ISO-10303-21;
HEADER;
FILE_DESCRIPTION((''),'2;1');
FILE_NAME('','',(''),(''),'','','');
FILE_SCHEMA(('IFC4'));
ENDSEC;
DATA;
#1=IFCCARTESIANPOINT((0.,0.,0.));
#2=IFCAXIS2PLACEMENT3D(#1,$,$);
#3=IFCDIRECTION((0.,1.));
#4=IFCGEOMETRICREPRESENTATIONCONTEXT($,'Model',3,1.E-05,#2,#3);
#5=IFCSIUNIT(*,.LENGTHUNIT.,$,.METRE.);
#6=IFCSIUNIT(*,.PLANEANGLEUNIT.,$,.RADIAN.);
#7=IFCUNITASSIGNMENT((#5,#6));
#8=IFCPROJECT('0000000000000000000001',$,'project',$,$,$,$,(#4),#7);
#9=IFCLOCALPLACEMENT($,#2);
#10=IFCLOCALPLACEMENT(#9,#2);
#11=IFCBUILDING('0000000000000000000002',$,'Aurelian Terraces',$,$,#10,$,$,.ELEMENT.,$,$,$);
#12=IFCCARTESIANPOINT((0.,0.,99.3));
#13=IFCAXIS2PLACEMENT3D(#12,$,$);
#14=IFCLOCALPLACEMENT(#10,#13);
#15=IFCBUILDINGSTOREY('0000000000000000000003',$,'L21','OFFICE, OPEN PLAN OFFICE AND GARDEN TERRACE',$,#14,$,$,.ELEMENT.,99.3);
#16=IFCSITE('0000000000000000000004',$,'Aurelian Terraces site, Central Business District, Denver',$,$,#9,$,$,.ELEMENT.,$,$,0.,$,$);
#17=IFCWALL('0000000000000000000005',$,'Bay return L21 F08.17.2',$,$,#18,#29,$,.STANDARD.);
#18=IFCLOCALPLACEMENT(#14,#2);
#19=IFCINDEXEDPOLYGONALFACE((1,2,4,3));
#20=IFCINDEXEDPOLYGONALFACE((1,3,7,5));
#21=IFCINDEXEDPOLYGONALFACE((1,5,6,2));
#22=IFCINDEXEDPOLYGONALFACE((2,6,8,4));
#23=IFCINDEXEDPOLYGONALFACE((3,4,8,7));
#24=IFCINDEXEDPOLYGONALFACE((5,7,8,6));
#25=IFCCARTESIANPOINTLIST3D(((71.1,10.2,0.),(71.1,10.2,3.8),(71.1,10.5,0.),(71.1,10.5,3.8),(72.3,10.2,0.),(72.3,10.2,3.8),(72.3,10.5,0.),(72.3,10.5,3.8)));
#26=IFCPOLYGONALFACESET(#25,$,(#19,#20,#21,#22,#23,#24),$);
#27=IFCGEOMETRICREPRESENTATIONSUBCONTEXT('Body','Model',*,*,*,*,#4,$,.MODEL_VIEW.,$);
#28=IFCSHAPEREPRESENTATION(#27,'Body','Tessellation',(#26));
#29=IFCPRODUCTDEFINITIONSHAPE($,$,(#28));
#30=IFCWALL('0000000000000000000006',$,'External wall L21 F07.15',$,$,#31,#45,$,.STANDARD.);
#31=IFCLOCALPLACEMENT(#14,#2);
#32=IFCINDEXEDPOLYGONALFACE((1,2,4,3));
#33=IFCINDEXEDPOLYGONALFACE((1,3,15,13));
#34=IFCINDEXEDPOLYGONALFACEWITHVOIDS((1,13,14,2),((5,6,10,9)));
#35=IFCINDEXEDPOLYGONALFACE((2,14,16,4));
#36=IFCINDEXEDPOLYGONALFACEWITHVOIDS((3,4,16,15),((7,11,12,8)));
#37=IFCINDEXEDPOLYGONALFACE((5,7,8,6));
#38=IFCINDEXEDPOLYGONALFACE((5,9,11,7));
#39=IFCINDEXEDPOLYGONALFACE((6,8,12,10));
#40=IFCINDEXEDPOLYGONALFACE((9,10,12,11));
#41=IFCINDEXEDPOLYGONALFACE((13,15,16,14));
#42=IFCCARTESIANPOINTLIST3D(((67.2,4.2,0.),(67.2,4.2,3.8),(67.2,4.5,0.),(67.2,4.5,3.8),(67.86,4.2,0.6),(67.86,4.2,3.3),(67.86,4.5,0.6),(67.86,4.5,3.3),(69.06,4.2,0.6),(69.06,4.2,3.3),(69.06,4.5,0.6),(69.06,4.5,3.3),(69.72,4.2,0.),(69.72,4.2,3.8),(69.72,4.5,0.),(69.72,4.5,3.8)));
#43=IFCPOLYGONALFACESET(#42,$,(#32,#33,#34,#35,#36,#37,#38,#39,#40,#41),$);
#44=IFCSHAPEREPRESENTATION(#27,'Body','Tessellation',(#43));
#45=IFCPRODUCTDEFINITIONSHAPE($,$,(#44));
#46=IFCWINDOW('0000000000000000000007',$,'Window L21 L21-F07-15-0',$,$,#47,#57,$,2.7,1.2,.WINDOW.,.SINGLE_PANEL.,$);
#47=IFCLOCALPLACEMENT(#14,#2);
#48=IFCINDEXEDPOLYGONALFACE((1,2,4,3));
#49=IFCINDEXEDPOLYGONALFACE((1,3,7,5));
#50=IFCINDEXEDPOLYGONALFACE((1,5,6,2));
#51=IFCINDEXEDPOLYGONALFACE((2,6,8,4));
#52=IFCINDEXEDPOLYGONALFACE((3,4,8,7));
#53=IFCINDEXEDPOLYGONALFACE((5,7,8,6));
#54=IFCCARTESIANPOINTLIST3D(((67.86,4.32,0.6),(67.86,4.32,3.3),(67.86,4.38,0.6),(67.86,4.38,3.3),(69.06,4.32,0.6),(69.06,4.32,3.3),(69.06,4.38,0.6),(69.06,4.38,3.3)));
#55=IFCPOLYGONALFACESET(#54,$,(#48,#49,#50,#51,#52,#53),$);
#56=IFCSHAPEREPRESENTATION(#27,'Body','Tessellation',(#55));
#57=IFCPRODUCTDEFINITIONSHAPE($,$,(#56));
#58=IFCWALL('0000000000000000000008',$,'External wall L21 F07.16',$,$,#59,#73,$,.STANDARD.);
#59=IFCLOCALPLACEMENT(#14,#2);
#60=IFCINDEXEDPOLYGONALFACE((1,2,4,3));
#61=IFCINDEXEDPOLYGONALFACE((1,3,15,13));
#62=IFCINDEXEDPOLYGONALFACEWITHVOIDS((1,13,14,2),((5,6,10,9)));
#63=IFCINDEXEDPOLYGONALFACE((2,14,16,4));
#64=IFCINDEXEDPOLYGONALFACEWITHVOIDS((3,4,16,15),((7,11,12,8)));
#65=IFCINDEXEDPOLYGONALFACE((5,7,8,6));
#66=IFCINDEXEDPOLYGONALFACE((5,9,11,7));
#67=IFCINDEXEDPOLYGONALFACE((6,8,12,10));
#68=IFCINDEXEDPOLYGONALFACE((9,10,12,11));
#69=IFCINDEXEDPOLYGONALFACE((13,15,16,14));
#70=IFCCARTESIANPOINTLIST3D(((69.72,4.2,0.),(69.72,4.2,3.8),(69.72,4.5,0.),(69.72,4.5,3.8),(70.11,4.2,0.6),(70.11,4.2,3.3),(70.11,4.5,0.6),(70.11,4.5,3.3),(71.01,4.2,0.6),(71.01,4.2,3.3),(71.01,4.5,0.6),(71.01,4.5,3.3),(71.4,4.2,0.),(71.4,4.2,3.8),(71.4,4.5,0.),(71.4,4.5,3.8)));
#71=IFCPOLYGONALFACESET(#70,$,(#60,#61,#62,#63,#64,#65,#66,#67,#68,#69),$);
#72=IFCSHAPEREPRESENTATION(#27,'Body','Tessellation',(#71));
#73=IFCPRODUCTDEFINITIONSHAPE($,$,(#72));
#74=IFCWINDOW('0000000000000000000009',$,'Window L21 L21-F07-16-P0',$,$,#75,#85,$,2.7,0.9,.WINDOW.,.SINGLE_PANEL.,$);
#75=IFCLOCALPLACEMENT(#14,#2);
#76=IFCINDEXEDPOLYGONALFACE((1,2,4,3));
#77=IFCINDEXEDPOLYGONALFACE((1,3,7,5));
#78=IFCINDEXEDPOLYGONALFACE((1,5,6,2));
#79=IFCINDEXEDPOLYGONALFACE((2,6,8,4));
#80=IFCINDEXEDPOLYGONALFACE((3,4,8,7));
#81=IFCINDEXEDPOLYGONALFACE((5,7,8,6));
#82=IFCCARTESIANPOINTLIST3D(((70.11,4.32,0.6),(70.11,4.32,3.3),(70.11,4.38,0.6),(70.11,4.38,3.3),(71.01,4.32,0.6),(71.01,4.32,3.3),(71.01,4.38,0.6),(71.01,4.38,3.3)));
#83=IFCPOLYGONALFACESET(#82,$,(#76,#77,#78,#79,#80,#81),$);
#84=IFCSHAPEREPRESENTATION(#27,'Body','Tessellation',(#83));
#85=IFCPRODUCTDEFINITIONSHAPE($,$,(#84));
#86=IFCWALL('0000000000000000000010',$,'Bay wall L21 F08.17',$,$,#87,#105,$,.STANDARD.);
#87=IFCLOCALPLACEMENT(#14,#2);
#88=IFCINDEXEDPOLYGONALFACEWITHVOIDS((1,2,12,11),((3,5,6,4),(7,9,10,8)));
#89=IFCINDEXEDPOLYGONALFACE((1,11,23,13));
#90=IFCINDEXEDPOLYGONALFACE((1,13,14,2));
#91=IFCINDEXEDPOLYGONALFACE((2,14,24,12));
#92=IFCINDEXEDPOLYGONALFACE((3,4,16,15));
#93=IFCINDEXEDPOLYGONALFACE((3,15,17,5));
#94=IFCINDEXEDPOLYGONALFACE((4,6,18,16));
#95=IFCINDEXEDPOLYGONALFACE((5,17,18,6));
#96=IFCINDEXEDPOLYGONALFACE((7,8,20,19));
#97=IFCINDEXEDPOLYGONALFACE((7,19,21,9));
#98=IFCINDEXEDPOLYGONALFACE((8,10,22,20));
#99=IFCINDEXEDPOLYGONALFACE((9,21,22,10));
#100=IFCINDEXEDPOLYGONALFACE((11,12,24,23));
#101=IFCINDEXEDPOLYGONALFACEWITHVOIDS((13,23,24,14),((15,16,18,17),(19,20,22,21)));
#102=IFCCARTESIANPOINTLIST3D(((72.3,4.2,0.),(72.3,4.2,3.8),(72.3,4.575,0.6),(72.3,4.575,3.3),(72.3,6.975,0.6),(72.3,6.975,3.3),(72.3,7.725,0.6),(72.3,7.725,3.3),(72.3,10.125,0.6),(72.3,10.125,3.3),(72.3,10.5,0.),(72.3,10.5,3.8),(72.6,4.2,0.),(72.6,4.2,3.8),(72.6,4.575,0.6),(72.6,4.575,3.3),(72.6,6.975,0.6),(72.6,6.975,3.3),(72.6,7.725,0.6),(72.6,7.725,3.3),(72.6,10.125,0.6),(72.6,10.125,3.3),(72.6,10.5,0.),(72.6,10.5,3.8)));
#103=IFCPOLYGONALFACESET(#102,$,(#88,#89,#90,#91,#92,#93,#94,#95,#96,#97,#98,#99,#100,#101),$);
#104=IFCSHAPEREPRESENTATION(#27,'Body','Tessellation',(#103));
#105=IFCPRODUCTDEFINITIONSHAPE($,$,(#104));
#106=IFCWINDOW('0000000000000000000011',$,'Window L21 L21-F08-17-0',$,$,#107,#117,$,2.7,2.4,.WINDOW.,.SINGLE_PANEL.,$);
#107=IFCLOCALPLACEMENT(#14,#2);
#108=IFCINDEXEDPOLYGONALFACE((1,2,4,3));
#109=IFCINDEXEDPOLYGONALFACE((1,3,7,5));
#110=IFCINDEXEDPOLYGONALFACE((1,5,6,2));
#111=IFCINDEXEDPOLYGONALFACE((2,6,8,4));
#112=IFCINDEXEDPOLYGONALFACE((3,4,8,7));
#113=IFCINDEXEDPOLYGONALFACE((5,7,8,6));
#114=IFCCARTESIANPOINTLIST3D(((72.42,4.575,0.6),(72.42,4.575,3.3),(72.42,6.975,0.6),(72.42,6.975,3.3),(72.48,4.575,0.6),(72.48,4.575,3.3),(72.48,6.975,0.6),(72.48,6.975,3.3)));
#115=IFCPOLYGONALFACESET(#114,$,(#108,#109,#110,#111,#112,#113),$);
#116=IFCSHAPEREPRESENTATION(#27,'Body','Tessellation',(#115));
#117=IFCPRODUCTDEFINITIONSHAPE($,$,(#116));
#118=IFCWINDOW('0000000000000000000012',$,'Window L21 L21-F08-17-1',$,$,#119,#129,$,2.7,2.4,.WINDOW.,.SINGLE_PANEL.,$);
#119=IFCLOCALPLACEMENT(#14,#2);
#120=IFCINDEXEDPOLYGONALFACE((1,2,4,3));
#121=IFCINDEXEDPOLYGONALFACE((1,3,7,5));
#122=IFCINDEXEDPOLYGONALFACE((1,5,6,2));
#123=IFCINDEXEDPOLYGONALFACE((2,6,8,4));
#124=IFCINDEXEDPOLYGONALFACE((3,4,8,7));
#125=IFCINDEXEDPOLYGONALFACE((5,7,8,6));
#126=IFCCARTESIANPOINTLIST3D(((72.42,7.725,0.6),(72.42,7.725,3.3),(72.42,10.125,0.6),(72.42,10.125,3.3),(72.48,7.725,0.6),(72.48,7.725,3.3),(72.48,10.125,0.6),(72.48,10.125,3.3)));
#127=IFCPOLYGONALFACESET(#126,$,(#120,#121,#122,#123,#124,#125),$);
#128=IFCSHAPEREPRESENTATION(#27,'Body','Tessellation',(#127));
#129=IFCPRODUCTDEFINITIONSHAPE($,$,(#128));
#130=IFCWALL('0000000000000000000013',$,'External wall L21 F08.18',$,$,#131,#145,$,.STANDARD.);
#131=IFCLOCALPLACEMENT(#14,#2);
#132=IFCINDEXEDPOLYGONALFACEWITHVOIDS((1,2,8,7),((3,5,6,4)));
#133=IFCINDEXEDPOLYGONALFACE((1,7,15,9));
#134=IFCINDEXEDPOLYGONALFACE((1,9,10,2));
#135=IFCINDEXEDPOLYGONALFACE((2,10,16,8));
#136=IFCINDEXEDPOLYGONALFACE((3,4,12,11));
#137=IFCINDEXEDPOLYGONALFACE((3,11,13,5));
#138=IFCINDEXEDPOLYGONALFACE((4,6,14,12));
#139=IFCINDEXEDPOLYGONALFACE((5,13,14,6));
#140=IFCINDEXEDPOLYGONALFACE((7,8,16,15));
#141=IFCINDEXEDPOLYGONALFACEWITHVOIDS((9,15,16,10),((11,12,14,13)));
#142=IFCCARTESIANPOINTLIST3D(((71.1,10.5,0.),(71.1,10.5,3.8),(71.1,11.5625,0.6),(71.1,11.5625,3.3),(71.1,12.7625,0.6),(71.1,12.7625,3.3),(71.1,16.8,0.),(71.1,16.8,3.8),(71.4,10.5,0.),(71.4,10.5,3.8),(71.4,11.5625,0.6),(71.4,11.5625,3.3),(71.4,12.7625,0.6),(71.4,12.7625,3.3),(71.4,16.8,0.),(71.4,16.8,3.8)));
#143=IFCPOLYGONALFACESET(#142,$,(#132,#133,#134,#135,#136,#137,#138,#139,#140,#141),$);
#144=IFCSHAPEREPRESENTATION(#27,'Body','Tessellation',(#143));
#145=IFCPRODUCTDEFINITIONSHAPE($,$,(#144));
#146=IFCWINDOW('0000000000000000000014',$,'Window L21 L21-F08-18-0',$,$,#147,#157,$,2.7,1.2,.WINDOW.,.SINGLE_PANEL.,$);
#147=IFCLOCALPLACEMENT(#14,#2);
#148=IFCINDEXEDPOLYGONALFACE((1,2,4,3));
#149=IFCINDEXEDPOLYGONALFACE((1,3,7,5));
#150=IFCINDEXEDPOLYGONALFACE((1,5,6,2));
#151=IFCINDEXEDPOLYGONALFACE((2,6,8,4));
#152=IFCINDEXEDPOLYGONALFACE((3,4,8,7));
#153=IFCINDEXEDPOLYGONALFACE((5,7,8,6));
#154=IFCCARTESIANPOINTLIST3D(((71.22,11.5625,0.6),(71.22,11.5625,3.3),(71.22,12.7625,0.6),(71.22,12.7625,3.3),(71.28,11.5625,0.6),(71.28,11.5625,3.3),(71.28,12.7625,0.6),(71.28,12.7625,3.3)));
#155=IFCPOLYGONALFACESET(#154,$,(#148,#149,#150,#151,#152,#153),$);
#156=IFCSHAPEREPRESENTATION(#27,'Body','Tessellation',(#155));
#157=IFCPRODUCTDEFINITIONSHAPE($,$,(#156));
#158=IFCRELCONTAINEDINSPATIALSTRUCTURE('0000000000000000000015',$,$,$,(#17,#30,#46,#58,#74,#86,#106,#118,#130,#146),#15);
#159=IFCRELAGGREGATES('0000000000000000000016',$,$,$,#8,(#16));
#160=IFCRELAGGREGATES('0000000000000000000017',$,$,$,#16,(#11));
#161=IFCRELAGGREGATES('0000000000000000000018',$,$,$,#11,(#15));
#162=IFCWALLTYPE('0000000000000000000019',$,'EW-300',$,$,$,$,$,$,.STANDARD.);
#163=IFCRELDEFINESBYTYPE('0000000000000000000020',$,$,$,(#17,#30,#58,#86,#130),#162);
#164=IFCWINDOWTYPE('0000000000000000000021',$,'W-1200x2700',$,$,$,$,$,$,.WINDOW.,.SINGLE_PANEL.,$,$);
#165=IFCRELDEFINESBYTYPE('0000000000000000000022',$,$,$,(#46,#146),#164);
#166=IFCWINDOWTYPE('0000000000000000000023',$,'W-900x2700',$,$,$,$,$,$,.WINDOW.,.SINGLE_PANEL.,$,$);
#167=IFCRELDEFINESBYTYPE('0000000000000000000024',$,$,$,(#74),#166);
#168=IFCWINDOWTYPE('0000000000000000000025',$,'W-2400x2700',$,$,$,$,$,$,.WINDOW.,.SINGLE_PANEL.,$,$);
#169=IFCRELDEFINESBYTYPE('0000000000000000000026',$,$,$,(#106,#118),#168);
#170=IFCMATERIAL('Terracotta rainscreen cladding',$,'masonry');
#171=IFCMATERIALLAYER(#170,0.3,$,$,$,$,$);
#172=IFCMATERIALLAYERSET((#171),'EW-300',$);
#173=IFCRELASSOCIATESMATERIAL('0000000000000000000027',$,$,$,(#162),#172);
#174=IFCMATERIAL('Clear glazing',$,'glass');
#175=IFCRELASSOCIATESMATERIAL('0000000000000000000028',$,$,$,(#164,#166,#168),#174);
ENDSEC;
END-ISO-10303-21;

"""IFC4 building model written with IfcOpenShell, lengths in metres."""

from ifc_helpers import new_model, si_unit, direction, frame, frame_2d, origin, place, context, subcontext, project, spatial, rectangle, extrude, source, transform, mapped, material, layer, layer_set, type_object, element, fill, save


model = new_model("IFC4")

# Units and contexts
model_context = context("Model", 3, precision=1e-05, world=origin(), true_north=direction((0.0, 1.0)))
body_context = subcontext(model_context, "Body", "Model", "MODEL_VIEW")
ifc_project = project(units=[si_unit("LENGTHUNIT", "METRE"), si_unit("PLANEANGLEUNIT", "RADIAN")], contexts=[model_context])

# Site, building, storey
site_placement = place(None, origin())
site = spatial("IfcSite", under=ifc_project, at=site_placement, Name="Aurelian Terraces site, Central Business District, Denver", CompositionType="ELEMENT", RefElevation=0.0)
building_placement = place(site_placement, origin())
building = spatial("IfcBuilding", under=site, at=building_placement, Name="Aurelian Terraces", CompositionType="ELEMENT")
storey_placement = place(building_placement, frame((0.0, 0.0, 99.3)))
storey = spatial("IfcBuildingStorey", under=building, at=storey_placement, Name="L21", Description="OFFICE, OPEN PLAN OFFICE AND GARDEN TERRACE", CompositionType="ELEMENT", Elevation=99.3)

# Shared definitions
ifc_material_1 = material(Name="Terracotta rainscreen cladding", Category="masonry")
ifc_layer_1 = layer(ifc_material_1, 0.3)
ifc_layer_set_1 = layer_set([ifc_layer_1], Name="EW-300")
wall_type_1 = type_object("IfcWallType", Name="EW-300", PredefinedType="STANDARD", material=ifc_layer_set_1)
ifc_material_2 = material(Name="Clear glazing", Category="glass")

# Wall
shared_shape_1 = source(origin(), body_context, "Body", "SweptSolid", [
    extrude(rectangle(XDim=1.2, YDim=0.3, at=frame_2d((0.6, 0.0))), origin(), (0.0, 0.0, 1.0), 3.8),
])
for number, where, z_axis, x_axis, name in (
    (1, (71.1, 10.35, 0.0), (0.0, 0.0, 1.0), (1.0, 0.0, 0.0), "Bay return L21 F08.17.2"),
):
    element("IfcWall", number, at=place(storey_placement, frame(where, z_axis=z_axis, x_axis=x_axis)), inside=storey, type_object=wall_type_1, Name=name, PredefinedType="STANDARD", context=body_context, shape_type="MappedRepresentation", body=[
        mapped(shared_shape_1, transform((0.0, 0.0, 0.0), scale=1.0)),
    ])

# Walls, openings, windows
shared_shape_2 = source(origin(), body_context, "Body", "SweptSolid", [
    extrude(rectangle(XDim=2.52, YDim=0.3, at=frame_2d((1.26, 0.0))), origin(), (0.0, 0.0, 1.0), 3.8),
])
wall_1_placement = place(storey_placement, frame((67.2, 4.35, 0.0), z_axis=(0.0, 0.0, 1.0), x_axis=(1.0, 0.0, 0.0)))
wall_1 = element("IfcWall", 2, at=wall_1_placement, inside=storey, type_object=wall_type_1, Name="External wall L21 F07.15", PredefinedType="STANDARD", context=body_context, shape_type="MappedRepresentation", body=[
    mapped(shared_shape_2, transform((0.0, 0.0, 0.0), scale=1.0)),
])
shared_shape_3 = source(origin(), body_context, "Body", "SweptSolid", [
    extrude(rectangle(XDim=1.2, YDim=2.7, at=frame_2d((0.6, 1.35))), frame((0.0, 0.16, 0.0), z_axis=(0.0, -1.0, 0.0), x_axis=(1.0, 0.0, 0.0)), (0.0, 0.0, 1.0), 0.32),
])
opening_1_placement = place(wall_1_placement, frame((0.66, 0.0, 0.6)))
opening_1 = element("IfcOpeningElement", 3, at=opening_1_placement, cuts=wall_1, PredefinedType="OPENING", context=body_context, shape_type="MappedRepresentation", body=[
    mapped(shared_shape_3, transform((0.0, 0.0, 0.0), scale=1.0)),
])
window_type_1 = type_object("IfcWindowType", Name="W-1200x2700", PartitioningType="SINGLE_PANEL", PredefinedType="WINDOW", material=ifc_material_2)
shared_shape_4 = source(origin(), body_context, "Body", "SweptSolid", [
    extrude(rectangle(XDim=1.2, YDim=2.7, at=frame_2d((0.6, 1.35))), frame((0.0, 0.03, 0.0), z_axis=(0.0, -1.0, 0.0), x_axis=(1.0, 0.0, 0.0)), (0.0, 0.0, 1.0), 0.06),
])
window_1_placement = place(opening_1_placement, origin())
window_1 = element("IfcWindow", 4, at=window_1_placement, inside=storey, type_object=window_type_1, Name="Window L21 L21-F07-15-0", OverallHeight=2.7, OverallWidth=1.2, PartitioningType="SINGLE_PANEL", PredefinedType="WINDOW", context=body_context, shape_type="MappedRepresentation", body=[
    mapped(shared_shape_4, transform((0.0, 0.0, 0.0), scale=1.0)),
])
fill(opening_1, window_1)
shared_shape_5 = source(origin(), body_context, "Body", "SweptSolid", [
    extrude(rectangle(XDim=1.68, YDim=0.3, at=frame_2d((0.84, 0.0))), origin(), (0.0, 0.0, 1.0), 3.8),
])
wall_2_placement = place(storey_placement, frame((69.72, 4.35, 0.0), z_axis=(0.0, 0.0, 1.0), x_axis=(1.0, 0.0, 0.0)))
wall_2 = element("IfcWall", 5, at=wall_2_placement, inside=storey, type_object=wall_type_1, Name="External wall L21 F07.16", PredefinedType="STANDARD", context=body_context, shape_type="MappedRepresentation", body=[
    mapped(shared_shape_5, transform((0.0, 0.0, 0.0), scale=1.0)),
])
shared_shape_6 = source(origin(), body_context, "Body", "SweptSolid", [
    extrude(rectangle(XDim=0.9, YDim=2.7, at=frame_2d((0.45, 1.35))), frame((0.0, 0.16, 0.0), z_axis=(0.0, -1.0, 0.0), x_axis=(1.0, 0.0, 0.0)), (0.0, 0.0, 1.0), 0.32),
])
opening_2_placement = place(wall_2_placement, frame((0.39, 0.0, 0.6)))
opening_2 = element("IfcOpeningElement", 6, at=opening_2_placement, cuts=wall_2, PredefinedType="OPENING", context=body_context, shape_type="MappedRepresentation", body=[
    mapped(shared_shape_6, transform((0.0, 0.0, 0.0), scale=1.0)),
])
window_type_2 = type_object("IfcWindowType", Name="W-900x2700", PartitioningType="SINGLE_PANEL", PredefinedType="WINDOW", material=ifc_material_2)
shared_shape_7 = source(origin(), body_context, "Body", "SweptSolid", [
    extrude(rectangle(XDim=0.9, YDim=2.7, at=frame_2d((0.45, 1.35))), frame((0.0, 0.03, 0.0), z_axis=(0.0, -1.0, 0.0), x_axis=(1.0, 0.0, 0.0)), (0.0, 0.0, 1.0), 0.06),
])
window_2_placement = place(opening_2_placement, origin())
window_2 = element("IfcWindow", 7, at=window_2_placement, inside=storey, type_object=window_type_2, Name="Window L21 L21-F07-16-P0", OverallHeight=2.7, OverallWidth=0.9, PartitioningType="SINGLE_PANEL", PredefinedType="WINDOW", context=body_context, shape_type="MappedRepresentation", body=[
    mapped(shared_shape_7, transform((0.0, 0.0, 0.0), scale=1.0)),
])
fill(opening_2, window_2)

# Wall, openings, windows
shared_shape_8 = source(origin(), body_context, "Body", "SweptSolid", [
    extrude(rectangle(XDim=6.3, YDim=0.3, at=frame_2d((3.15, 0.0))), origin(), (0.0, 0.0, 1.0), 3.8),
])
wall_3_placement = place(storey_placement, frame((72.45, 4.2, 0.0), z_axis=(0.0, 0.0, 1.0), x_axis=(0.0, 1.0, 0.0)))
wall_3 = element("IfcWall", 8, at=wall_3_placement, inside=storey, type_object=wall_type_1, Name="Bay wall L21 F08.17", PredefinedType="STANDARD", context=body_context, shape_type="MappedRepresentation", body=[
    mapped(shared_shape_8, transform((0.0, 0.0, 0.0), scale=1.0)),
])
shared_shape_9 = source(origin(), body_context, "Body", "SweptSolid", [
    extrude(rectangle(XDim=2.4, YDim=2.7, at=frame_2d((1.2, 1.35))), frame((0.0, 0.16, 0.0), z_axis=(0.0, -1.0, 0.0), x_axis=(1.0, 0.0, 0.0)), (0.0, 0.0, 1.0), 0.32),
])
opening_3_placement = place(wall_3_placement, frame((0.375, 0.0, 0.6)))
opening_3 = element("IfcOpeningElement", 9, at=opening_3_placement, cuts=wall_3, PredefinedType="OPENING", context=body_context, shape_type="MappedRepresentation", body=[
    mapped(shared_shape_9, transform((0.0, 0.0, 0.0), scale=1.0)),
])
opening_4_placement = place(wall_3_placement, frame((3.525, 0.0, 0.6)))
opening_4 = element("IfcOpeningElement", 10, at=opening_4_placement, cuts=wall_3, PredefinedType="OPENING", context=body_context, shape_type="MappedRepresentation", body=[
    mapped(shared_shape_9, transform((0.0, 0.0, 0.0), scale=1.0)),
])
window_type_3 = type_object("IfcWindowType", Name="W-2400x2700", PartitioningType="SINGLE_PANEL", PredefinedType="WINDOW", material=ifc_material_2)
shared_shape_10 = source(origin(), body_context, "Body", "SweptSolid", [
    extrude(rectangle(XDim=2.4, YDim=2.7, at=frame_2d((1.2, 1.35))), frame((0.0, 0.03, 0.0), z_axis=(0.0, -1.0, 0.0), x_axis=(1.0, 0.0, 0.0)), (0.0, 0.0, 1.0), 0.06),
])
window_3_placement = place(opening_3_placement, origin())
window_3 = element("IfcWindow", 11, at=window_3_placement, inside=storey, type_object=window_type_3, Name="Window L21 L21-F08-17-0", OverallHeight=2.7, OverallWidth=2.4, PartitioningType="SINGLE_PANEL", PredefinedType="WINDOW", context=body_context, shape_type="MappedRepresentation", body=[
    mapped(shared_shape_10, transform((0.0, 0.0, 0.0), scale=1.0)),
])
fill(opening_3, window_3)
window_4_placement = place(opening_4_placement, origin())
window_4 = element("IfcWindow", 12, at=window_4_placement, inside=storey, type_object=window_type_3, Name="Window L21 L21-F08-17-1", OverallHeight=2.7, OverallWidth=2.4, PartitioningType="SINGLE_PANEL", PredefinedType="WINDOW", context=body_context, shape_type="MappedRepresentation", body=[
    mapped(shared_shape_10, transform((0.0, 0.0, 0.0), scale=1.0)),
])
fill(opening_4, window_4)

# Wall, opening, window
wall_4_placement = place(storey_placement, frame((71.25, 10.5, 0.0), z_axis=(0.0, 0.0, 1.0), x_axis=(0.0, 1.0, 0.0)))
wall_4 = element("IfcWall", 13, at=wall_4_placement, inside=storey, type_object=wall_type_1, Name="External wall L21 F08.18", PredefinedType="STANDARD", context=body_context, shape_type="MappedRepresentation", body=[
    mapped(shared_shape_8, transform((0.0, 0.0, 0.0), scale=1.0)),
])
opening_5_placement = place(wall_4_placement, frame((1.0625, 0.0, 0.6)))
opening_5 = element("IfcOpeningElement", 14, at=opening_5_placement, cuts=wall_4, PredefinedType="OPENING", context=body_context, shape_type="MappedRepresentation", body=[
    mapped(shared_shape_3, transform((0.0, 0.0, 0.0), scale=1.0)),
])
window_5_placement = place(opening_5_placement, origin())
window_5 = element("IfcWindow", 15, at=window_5_placement, inside=storey, type_object=window_type_1, Name="Window L21 L21-F08-18-0", OverallHeight=2.7, OverallWidth=1.2, PartitioningType="SINGLE_PANEL", PredefinedType="WINDOW", context=body_context, shape_type="MappedRepresentation", body=[
    mapped(shared_shape_4, transform((0.0, 0.0, 0.0), scale=1.0)),
])
fill(opening_5, window_5)

save(model, "model.ifc")
